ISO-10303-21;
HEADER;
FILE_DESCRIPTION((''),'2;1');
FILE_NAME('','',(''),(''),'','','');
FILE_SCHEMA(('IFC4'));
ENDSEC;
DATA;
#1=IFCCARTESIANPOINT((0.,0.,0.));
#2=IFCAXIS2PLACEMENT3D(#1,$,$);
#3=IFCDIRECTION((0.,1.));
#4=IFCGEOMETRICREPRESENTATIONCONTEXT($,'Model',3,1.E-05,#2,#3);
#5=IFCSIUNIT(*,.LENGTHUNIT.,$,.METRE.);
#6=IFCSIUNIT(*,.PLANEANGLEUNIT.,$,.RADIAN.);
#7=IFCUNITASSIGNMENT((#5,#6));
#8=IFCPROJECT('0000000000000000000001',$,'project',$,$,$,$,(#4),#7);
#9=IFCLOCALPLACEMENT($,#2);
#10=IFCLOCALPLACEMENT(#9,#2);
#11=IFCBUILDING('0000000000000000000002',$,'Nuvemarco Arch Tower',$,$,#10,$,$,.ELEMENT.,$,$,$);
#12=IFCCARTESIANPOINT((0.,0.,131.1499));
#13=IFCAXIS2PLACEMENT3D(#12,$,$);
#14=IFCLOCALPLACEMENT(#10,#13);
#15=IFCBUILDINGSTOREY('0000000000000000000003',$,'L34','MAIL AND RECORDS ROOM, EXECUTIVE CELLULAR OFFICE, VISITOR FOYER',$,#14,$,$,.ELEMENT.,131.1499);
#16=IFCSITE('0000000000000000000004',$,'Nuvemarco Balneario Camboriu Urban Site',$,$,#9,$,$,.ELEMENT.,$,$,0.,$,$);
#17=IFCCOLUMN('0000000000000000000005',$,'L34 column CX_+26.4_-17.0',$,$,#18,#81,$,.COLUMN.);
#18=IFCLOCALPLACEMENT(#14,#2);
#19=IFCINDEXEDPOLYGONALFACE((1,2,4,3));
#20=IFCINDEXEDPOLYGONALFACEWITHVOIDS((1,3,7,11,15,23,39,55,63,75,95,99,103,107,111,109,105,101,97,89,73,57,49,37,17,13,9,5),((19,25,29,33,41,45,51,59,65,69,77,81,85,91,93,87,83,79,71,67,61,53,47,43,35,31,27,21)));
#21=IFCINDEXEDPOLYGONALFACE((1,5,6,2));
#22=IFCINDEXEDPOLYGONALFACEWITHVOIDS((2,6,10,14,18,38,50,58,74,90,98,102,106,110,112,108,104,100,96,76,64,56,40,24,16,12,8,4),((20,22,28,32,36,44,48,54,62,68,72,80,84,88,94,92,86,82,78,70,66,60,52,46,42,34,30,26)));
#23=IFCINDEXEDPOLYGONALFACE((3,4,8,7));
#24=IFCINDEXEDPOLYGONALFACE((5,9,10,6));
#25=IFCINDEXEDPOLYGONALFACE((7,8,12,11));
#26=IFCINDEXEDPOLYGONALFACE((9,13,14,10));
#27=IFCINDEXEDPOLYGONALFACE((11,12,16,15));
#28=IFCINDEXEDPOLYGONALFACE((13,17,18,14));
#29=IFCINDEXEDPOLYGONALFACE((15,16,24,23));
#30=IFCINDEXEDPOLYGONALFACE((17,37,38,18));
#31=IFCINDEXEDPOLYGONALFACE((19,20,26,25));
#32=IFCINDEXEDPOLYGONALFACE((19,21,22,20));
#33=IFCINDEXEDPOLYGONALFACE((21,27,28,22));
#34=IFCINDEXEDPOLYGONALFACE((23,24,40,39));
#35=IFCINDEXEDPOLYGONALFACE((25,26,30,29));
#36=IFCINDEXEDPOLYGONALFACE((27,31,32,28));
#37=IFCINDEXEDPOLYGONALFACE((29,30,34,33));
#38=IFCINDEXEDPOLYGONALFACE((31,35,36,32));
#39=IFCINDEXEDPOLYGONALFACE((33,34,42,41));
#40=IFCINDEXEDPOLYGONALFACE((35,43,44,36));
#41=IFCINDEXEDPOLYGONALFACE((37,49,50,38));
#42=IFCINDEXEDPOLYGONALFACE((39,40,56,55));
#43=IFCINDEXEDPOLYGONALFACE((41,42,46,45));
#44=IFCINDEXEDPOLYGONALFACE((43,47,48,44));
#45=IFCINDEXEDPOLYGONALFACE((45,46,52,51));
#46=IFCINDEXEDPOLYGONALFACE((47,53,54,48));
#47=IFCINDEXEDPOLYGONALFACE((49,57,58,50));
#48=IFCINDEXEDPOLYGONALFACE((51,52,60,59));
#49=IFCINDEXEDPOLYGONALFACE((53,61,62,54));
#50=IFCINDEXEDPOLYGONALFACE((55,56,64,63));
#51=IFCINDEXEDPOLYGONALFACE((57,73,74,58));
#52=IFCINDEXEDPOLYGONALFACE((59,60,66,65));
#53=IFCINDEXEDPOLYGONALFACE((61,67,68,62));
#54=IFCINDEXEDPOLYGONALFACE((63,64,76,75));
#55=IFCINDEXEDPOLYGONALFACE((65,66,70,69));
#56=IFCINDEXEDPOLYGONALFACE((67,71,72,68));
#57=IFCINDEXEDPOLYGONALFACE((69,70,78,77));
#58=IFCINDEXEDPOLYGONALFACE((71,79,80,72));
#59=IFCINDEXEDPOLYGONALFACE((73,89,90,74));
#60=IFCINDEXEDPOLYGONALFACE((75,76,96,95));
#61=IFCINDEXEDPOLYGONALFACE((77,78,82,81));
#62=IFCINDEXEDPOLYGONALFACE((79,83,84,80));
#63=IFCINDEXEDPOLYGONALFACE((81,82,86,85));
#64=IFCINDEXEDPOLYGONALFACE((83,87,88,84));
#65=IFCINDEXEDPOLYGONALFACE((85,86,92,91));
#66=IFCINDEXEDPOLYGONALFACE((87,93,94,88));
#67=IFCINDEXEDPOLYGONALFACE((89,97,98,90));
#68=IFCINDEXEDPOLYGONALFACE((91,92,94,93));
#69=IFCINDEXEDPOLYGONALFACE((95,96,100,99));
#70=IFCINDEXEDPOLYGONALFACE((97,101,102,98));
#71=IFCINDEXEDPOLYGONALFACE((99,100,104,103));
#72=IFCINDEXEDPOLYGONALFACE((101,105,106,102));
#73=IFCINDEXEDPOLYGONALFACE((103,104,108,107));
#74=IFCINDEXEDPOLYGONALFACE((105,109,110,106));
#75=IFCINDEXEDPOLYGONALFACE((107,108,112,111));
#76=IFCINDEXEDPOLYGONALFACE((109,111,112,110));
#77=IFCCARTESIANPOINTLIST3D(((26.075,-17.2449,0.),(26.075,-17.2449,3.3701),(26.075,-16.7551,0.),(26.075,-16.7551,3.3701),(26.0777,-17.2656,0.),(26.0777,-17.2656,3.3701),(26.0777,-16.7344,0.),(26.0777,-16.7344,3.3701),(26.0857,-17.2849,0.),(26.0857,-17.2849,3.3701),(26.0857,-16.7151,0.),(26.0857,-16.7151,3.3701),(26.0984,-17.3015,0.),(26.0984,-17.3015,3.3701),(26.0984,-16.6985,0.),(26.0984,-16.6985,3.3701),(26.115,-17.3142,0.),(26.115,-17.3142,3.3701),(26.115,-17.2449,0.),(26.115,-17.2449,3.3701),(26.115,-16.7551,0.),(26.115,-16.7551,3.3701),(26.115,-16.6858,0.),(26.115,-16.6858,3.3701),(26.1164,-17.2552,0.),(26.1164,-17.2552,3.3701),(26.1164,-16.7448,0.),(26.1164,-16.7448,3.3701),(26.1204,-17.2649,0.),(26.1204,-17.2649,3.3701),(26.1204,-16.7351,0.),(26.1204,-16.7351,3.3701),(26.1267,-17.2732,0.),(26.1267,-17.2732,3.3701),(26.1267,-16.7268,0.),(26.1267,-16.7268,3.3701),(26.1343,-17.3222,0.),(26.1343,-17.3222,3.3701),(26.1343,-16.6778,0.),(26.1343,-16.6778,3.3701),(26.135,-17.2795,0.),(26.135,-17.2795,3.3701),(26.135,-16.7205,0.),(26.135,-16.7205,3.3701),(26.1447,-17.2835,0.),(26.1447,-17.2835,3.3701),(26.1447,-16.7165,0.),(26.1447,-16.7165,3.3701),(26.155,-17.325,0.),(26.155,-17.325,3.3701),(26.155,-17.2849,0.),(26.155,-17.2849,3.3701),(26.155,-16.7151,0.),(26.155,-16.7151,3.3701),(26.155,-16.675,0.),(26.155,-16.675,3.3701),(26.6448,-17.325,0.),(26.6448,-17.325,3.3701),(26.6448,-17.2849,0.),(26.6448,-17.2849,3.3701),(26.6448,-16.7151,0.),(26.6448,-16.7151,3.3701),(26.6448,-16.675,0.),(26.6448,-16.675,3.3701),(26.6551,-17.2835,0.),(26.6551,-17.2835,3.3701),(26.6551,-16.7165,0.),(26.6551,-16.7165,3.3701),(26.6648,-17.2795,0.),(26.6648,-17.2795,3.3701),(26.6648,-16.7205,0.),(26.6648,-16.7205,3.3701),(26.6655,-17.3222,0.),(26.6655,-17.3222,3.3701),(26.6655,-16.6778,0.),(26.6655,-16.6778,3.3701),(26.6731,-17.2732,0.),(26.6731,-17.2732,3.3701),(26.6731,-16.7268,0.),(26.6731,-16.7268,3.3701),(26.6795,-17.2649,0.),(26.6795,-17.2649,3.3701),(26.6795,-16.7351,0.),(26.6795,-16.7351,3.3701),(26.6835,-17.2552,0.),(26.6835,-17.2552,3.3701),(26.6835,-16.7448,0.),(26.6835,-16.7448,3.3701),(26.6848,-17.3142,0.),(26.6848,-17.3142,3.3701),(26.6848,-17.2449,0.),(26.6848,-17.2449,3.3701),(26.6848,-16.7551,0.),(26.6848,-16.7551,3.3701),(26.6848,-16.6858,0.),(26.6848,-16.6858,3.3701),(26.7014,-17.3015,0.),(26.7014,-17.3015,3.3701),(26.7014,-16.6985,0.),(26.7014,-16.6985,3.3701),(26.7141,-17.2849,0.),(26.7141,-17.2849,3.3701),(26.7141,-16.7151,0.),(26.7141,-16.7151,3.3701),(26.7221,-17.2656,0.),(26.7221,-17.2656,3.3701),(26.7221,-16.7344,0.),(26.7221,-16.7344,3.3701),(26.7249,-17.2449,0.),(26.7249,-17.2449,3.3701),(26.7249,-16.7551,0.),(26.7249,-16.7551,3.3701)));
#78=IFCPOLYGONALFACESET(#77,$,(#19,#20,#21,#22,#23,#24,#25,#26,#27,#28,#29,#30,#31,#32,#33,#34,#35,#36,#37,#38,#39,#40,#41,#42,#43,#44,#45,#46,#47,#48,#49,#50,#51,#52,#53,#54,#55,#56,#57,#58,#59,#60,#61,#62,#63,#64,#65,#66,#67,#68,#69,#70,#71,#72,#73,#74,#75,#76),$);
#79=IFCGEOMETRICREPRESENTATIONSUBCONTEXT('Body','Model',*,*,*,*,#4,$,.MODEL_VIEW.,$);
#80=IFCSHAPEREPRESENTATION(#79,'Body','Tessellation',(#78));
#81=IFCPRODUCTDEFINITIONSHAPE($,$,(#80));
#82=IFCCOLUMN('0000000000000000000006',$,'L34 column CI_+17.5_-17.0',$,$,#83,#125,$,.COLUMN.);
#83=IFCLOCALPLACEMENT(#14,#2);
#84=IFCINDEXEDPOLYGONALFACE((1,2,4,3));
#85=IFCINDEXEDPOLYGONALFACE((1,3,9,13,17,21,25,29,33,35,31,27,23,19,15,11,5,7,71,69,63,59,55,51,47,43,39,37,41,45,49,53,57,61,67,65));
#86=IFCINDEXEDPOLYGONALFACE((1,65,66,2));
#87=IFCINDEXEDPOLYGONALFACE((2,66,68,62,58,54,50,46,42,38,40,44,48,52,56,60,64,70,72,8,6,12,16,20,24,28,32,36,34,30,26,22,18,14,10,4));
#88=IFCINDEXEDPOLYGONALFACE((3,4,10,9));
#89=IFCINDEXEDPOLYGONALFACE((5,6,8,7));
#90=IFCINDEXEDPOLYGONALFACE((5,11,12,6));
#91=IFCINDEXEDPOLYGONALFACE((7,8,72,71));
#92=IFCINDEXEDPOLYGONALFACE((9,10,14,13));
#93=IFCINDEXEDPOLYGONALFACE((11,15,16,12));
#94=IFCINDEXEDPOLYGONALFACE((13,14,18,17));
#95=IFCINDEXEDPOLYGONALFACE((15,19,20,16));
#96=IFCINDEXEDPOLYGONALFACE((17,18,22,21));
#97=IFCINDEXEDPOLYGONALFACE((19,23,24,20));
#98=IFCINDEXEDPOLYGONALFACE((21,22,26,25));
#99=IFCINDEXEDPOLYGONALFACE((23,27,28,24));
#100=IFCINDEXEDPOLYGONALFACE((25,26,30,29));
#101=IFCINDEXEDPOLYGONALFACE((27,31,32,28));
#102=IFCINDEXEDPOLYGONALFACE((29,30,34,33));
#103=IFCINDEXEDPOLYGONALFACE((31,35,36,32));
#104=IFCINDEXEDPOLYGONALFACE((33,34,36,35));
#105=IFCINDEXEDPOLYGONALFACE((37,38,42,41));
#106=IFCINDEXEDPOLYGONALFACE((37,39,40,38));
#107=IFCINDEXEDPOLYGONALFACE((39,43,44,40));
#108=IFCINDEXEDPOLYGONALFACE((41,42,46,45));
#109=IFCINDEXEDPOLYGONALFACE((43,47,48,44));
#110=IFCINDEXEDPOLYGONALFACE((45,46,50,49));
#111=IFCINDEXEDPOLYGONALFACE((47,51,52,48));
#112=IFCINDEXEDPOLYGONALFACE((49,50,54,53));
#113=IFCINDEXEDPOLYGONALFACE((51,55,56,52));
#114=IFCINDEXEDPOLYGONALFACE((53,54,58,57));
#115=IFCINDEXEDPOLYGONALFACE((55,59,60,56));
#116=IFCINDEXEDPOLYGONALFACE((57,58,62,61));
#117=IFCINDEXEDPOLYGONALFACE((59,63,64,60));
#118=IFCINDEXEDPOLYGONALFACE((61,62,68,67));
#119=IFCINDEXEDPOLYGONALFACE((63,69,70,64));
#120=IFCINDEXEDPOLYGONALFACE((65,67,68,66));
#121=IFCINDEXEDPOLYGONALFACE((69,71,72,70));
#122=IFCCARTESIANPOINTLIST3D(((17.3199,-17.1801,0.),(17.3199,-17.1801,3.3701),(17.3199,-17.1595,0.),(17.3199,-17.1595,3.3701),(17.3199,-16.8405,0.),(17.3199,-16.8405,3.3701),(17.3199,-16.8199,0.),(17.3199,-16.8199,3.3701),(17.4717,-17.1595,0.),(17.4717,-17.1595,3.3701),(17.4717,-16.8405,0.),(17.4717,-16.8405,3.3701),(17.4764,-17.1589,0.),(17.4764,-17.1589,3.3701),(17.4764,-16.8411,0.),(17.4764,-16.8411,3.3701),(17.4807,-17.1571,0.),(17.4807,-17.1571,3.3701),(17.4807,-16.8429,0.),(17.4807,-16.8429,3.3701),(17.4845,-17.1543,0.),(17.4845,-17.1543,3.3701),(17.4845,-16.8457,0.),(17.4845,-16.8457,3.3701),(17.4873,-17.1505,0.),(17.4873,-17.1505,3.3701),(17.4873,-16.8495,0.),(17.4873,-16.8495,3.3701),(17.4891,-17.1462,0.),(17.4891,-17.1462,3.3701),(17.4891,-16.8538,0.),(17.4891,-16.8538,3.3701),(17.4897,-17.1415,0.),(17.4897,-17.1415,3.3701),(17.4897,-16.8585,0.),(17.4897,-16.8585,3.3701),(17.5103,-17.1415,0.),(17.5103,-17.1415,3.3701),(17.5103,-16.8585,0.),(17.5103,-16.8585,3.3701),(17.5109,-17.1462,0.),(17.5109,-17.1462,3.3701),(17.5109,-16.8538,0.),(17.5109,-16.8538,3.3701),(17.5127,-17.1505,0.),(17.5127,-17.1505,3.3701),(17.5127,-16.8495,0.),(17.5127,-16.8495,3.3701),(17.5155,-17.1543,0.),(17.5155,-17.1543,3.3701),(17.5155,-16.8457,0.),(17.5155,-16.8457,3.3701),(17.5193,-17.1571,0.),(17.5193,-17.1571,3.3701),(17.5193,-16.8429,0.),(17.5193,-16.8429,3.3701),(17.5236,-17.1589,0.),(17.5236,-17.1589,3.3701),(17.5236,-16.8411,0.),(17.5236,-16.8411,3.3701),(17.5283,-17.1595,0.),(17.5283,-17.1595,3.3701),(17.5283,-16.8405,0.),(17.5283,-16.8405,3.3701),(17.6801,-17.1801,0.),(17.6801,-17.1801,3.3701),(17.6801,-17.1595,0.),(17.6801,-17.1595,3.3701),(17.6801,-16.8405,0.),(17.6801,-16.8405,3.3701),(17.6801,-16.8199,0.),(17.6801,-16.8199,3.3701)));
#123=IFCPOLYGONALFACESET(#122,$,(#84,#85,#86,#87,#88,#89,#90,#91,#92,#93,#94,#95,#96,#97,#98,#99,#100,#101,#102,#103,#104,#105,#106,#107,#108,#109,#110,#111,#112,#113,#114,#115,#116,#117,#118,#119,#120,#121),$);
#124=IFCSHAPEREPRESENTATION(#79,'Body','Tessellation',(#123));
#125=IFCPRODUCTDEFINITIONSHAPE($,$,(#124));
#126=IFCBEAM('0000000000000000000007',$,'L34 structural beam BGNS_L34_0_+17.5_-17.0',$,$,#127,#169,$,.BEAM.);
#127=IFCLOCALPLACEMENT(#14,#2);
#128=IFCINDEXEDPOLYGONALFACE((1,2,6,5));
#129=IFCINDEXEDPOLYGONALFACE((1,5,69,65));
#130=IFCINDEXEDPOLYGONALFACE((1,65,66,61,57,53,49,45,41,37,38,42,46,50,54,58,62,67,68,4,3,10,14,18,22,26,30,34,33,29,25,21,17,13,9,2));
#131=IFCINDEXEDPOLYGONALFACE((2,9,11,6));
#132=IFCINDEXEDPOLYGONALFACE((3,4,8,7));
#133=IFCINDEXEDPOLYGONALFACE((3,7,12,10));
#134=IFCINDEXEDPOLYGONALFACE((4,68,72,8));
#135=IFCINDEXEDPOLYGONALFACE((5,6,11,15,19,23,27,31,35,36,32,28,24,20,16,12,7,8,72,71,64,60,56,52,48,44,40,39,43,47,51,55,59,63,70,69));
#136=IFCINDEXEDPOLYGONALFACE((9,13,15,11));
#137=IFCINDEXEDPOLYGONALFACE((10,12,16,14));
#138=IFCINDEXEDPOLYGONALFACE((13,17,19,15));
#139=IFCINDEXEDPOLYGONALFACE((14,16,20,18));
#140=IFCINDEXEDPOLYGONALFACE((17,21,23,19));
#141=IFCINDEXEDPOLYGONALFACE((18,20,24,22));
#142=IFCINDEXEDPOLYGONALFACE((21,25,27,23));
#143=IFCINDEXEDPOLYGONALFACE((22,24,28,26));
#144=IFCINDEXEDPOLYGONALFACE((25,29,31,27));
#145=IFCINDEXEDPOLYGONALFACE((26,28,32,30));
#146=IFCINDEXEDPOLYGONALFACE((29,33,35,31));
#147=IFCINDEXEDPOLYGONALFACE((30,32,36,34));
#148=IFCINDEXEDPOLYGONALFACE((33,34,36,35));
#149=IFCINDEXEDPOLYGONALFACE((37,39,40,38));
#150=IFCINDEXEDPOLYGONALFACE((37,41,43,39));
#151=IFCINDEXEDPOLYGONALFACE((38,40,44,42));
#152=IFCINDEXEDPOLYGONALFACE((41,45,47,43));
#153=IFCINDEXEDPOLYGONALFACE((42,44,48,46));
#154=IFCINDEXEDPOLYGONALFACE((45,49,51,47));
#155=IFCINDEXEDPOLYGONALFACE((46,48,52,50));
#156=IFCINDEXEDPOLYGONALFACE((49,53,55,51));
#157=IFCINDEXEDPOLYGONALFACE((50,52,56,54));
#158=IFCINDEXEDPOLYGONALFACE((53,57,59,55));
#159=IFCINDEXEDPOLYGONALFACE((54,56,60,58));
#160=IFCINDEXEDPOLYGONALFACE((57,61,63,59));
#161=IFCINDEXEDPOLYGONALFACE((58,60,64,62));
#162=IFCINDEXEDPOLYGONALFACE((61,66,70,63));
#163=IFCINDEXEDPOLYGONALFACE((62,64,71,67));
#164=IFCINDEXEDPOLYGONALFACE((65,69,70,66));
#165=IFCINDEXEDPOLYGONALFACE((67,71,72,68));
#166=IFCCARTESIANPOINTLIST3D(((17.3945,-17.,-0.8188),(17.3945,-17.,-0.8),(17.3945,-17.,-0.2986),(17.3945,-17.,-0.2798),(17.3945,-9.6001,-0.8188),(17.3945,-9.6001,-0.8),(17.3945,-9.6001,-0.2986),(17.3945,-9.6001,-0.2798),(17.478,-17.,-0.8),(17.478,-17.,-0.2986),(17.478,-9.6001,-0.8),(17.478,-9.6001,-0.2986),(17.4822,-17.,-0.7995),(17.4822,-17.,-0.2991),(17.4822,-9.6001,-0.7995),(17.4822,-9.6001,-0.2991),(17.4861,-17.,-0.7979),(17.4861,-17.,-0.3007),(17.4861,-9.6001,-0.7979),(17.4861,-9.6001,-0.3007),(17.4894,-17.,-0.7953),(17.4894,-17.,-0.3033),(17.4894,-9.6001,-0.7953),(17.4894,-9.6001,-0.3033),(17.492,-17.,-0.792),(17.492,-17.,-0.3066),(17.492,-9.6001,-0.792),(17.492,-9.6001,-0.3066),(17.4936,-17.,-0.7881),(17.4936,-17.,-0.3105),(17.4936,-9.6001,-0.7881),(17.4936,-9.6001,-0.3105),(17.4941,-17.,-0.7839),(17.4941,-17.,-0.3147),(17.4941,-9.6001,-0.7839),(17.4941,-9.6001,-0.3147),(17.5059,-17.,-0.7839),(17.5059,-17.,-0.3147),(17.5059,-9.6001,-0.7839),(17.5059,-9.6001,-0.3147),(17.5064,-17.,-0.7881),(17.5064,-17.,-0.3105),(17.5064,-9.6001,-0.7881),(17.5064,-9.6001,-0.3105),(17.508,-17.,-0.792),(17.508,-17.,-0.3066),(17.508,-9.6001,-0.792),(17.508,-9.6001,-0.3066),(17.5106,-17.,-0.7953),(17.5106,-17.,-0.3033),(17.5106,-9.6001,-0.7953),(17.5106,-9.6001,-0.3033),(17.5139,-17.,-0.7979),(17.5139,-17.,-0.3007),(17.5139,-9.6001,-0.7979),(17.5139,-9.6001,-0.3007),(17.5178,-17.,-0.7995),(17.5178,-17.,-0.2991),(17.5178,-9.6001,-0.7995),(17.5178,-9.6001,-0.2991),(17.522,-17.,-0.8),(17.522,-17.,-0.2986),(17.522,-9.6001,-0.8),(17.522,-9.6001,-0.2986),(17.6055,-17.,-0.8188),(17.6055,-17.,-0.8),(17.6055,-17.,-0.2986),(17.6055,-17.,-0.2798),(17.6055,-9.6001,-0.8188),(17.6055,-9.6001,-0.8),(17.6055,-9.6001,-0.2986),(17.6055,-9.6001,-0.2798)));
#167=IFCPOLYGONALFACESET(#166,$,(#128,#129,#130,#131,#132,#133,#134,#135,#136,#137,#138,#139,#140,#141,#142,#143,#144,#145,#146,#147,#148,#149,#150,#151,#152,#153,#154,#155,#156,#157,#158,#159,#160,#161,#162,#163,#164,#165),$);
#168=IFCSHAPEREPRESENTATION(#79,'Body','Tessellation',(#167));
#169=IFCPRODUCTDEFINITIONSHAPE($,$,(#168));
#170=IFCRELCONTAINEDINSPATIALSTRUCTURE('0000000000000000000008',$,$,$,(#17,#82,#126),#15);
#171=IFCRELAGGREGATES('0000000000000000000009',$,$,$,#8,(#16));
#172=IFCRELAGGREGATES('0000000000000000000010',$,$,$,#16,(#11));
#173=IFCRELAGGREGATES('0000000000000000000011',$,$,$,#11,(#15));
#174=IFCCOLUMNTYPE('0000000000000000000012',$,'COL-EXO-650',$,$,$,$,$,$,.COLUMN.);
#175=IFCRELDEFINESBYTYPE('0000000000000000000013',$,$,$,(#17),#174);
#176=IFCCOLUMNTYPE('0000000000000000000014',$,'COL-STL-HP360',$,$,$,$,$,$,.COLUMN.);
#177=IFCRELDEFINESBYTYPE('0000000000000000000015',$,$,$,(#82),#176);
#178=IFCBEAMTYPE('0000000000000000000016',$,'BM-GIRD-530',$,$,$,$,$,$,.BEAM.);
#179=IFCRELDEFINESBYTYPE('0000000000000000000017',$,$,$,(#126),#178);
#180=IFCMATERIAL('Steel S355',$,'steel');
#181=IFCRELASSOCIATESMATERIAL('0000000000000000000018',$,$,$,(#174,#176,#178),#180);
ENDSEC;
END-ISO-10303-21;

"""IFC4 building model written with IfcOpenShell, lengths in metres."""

from ifc_helpers import new_model, si_unit, direction, frame, origin, origin_2d, place, context, subcontext, project, spatial, hollow_rectangle, i_section, extrude, material, material_profile, profile_set, type_object, element, save


model = new_model("IFC4")

# Units and contexts
model_context = context("Model", 3, precision=1e-05, world=origin(), true_north=direction((0.0, 1.0)))
body_context = subcontext(model_context, "Body", "Model", "MODEL_VIEW")
ifc_project = project(units=[si_unit("LENGTHUNIT", "METRE"), si_unit("PLANEANGLEUNIT", "RADIAN")], contexts=[model_context])

# Site, building, storey
site_placement = place(None, origin())
site = spatial("IfcSite", under=ifc_project, at=site_placement, Name="Nuvemarco Balneario Camboriu Urban Site", CompositionType="ELEMENT", RefElevation=0.0)
building_placement = place(site_placement, origin())
building = spatial("IfcBuilding", under=site, at=building_placement, Name="Nuvemarco Arch Tower", CompositionType="ELEMENT")
storey_placement = place(building_placement, frame((0.0, 0.0, 131.1499)))
storey = spatial("IfcBuildingStorey", under=building, at=storey_placement, Name="L34", Description="MAIL AND RECORDS ROOM, EXECUTIVE CELLULAR OFFICE, VISITOR FOYER", CompositionType="ELEMENT", Elevation=131.1499)

# Columns
ifc_material_1 = material(Name="Steel S355", Category="steel")
ifc_material_profile_1 = material_profile(ifc_material_1, hollow_rectangle(XDim=0.6499, YDim=0.6499, WallThickness=0.04, InnerFilletRadius=0.04, OuterFilletRadius=0.0801, at=origin_2d()), Name="SHS650x650x40")
ifc_profile_set_1 = profile_set([ifc_material_profile_1], Name="Steel S355")
column_type_1 = type_object("IfcColumnType", Name="COL-EXO-650", PredefinedType="COLUMN", material=ifc_profile_set_1)
column_1_placement = place(storey_placement, frame((26.3999, -17.0, 0.0), z_axis=(0.0, 0.0, 1.0), x_axis=(1.0, 0.0, 0.0)))
element("IfcColumn", 1, at=column_1_placement, inside=storey, type_object=column_type_1, Name="L34 column CX_+26.4_-17.0", PredefinedType="COLUMN", context=body_context, shape_type="SweptSolid", body=[
    extrude(hollow_rectangle(XDim=0.6499, YDim=0.6499, WallThickness=0.04, InnerFilletRadius=0.04, OuterFilletRadius=0.0801, at=origin_2d()), origin(), (0.0, 0.0, 1.0), 3.3701),
])
ifc_material_profile_2 = material_profile(ifc_material_1, i_section(OverallWidth=0.3601, OverallDepth=0.3601, WebThickness=0.0205, FlangeThickness=0.0205, FilletRadius=0.0181, at=origin_2d()), Name="HP360x174")
ifc_profile_set_2 = profile_set([ifc_material_profile_2], Name="Steel S355")
column_type_2 = type_object("IfcColumnType", Name="COL-STL-HP360", PredefinedType="COLUMN", material=ifc_profile_set_2)
column_2_placement = place(storey_placement, frame((17.5, -17.0, 0.0), z_axis=(0.0, 0.0, 1.0), x_axis=(1.0, 0.0, 0.0)))
element("IfcColumn", 2, at=column_2_placement, inside=storey, type_object=column_type_2, Name="L34 column CI_+17.5_-17.0", PredefinedType="COLUMN", context=body_context, shape_type="SweptSolid", body=[
    extrude(i_section(OverallWidth=0.3601, OverallDepth=0.3601, WebThickness=0.0205, FlangeThickness=0.0205, FilletRadius=0.0181, at=origin_2d()), origin(), (0.0, 0.0, 1.0), 3.3701),
])

# Beam
ifc_material_profile_3 = material_profile(ifc_material_1, i_section(OverallWidth=0.2109, OverallDepth=0.5391, WebThickness=0.0117, FlangeThickness=0.0188, FilletRadius=0.0161, at=origin_2d()), Name="W530x109")
ifc_profile_set_3 = profile_set([ifc_material_profile_3], Name="Steel S355")
beam_type_1 = type_object("IfcBeamType", Name="BM-GIRD-530", PredefinedType="BEAM", material=ifc_profile_set_3)
beam_1_placement = place(storey_placement, frame((17.5, -17.0, -0.5493), z_axis=(0.0, 1.0, 0.0), x_axis=(-1.0, 0.0, 0.0)))
element("IfcBeam", 3, at=beam_1_placement, inside=storey, type_object=beam_type_1, Name="L34 structural beam BGNS_L34_0_+17.5_-17.0", PredefinedType="BEAM", context=body_context, shape_type="SweptSolid", body=[
    extrude(i_section(OverallWidth=0.2109, OverallDepth=0.5391, WebThickness=0.0117, FlangeThickness=0.0188, FilletRadius=0.0161, at=origin_2d()), origin(), (0.0, 0.0, 1.0), 7.3999),
])

save(model, "model.ifc")
